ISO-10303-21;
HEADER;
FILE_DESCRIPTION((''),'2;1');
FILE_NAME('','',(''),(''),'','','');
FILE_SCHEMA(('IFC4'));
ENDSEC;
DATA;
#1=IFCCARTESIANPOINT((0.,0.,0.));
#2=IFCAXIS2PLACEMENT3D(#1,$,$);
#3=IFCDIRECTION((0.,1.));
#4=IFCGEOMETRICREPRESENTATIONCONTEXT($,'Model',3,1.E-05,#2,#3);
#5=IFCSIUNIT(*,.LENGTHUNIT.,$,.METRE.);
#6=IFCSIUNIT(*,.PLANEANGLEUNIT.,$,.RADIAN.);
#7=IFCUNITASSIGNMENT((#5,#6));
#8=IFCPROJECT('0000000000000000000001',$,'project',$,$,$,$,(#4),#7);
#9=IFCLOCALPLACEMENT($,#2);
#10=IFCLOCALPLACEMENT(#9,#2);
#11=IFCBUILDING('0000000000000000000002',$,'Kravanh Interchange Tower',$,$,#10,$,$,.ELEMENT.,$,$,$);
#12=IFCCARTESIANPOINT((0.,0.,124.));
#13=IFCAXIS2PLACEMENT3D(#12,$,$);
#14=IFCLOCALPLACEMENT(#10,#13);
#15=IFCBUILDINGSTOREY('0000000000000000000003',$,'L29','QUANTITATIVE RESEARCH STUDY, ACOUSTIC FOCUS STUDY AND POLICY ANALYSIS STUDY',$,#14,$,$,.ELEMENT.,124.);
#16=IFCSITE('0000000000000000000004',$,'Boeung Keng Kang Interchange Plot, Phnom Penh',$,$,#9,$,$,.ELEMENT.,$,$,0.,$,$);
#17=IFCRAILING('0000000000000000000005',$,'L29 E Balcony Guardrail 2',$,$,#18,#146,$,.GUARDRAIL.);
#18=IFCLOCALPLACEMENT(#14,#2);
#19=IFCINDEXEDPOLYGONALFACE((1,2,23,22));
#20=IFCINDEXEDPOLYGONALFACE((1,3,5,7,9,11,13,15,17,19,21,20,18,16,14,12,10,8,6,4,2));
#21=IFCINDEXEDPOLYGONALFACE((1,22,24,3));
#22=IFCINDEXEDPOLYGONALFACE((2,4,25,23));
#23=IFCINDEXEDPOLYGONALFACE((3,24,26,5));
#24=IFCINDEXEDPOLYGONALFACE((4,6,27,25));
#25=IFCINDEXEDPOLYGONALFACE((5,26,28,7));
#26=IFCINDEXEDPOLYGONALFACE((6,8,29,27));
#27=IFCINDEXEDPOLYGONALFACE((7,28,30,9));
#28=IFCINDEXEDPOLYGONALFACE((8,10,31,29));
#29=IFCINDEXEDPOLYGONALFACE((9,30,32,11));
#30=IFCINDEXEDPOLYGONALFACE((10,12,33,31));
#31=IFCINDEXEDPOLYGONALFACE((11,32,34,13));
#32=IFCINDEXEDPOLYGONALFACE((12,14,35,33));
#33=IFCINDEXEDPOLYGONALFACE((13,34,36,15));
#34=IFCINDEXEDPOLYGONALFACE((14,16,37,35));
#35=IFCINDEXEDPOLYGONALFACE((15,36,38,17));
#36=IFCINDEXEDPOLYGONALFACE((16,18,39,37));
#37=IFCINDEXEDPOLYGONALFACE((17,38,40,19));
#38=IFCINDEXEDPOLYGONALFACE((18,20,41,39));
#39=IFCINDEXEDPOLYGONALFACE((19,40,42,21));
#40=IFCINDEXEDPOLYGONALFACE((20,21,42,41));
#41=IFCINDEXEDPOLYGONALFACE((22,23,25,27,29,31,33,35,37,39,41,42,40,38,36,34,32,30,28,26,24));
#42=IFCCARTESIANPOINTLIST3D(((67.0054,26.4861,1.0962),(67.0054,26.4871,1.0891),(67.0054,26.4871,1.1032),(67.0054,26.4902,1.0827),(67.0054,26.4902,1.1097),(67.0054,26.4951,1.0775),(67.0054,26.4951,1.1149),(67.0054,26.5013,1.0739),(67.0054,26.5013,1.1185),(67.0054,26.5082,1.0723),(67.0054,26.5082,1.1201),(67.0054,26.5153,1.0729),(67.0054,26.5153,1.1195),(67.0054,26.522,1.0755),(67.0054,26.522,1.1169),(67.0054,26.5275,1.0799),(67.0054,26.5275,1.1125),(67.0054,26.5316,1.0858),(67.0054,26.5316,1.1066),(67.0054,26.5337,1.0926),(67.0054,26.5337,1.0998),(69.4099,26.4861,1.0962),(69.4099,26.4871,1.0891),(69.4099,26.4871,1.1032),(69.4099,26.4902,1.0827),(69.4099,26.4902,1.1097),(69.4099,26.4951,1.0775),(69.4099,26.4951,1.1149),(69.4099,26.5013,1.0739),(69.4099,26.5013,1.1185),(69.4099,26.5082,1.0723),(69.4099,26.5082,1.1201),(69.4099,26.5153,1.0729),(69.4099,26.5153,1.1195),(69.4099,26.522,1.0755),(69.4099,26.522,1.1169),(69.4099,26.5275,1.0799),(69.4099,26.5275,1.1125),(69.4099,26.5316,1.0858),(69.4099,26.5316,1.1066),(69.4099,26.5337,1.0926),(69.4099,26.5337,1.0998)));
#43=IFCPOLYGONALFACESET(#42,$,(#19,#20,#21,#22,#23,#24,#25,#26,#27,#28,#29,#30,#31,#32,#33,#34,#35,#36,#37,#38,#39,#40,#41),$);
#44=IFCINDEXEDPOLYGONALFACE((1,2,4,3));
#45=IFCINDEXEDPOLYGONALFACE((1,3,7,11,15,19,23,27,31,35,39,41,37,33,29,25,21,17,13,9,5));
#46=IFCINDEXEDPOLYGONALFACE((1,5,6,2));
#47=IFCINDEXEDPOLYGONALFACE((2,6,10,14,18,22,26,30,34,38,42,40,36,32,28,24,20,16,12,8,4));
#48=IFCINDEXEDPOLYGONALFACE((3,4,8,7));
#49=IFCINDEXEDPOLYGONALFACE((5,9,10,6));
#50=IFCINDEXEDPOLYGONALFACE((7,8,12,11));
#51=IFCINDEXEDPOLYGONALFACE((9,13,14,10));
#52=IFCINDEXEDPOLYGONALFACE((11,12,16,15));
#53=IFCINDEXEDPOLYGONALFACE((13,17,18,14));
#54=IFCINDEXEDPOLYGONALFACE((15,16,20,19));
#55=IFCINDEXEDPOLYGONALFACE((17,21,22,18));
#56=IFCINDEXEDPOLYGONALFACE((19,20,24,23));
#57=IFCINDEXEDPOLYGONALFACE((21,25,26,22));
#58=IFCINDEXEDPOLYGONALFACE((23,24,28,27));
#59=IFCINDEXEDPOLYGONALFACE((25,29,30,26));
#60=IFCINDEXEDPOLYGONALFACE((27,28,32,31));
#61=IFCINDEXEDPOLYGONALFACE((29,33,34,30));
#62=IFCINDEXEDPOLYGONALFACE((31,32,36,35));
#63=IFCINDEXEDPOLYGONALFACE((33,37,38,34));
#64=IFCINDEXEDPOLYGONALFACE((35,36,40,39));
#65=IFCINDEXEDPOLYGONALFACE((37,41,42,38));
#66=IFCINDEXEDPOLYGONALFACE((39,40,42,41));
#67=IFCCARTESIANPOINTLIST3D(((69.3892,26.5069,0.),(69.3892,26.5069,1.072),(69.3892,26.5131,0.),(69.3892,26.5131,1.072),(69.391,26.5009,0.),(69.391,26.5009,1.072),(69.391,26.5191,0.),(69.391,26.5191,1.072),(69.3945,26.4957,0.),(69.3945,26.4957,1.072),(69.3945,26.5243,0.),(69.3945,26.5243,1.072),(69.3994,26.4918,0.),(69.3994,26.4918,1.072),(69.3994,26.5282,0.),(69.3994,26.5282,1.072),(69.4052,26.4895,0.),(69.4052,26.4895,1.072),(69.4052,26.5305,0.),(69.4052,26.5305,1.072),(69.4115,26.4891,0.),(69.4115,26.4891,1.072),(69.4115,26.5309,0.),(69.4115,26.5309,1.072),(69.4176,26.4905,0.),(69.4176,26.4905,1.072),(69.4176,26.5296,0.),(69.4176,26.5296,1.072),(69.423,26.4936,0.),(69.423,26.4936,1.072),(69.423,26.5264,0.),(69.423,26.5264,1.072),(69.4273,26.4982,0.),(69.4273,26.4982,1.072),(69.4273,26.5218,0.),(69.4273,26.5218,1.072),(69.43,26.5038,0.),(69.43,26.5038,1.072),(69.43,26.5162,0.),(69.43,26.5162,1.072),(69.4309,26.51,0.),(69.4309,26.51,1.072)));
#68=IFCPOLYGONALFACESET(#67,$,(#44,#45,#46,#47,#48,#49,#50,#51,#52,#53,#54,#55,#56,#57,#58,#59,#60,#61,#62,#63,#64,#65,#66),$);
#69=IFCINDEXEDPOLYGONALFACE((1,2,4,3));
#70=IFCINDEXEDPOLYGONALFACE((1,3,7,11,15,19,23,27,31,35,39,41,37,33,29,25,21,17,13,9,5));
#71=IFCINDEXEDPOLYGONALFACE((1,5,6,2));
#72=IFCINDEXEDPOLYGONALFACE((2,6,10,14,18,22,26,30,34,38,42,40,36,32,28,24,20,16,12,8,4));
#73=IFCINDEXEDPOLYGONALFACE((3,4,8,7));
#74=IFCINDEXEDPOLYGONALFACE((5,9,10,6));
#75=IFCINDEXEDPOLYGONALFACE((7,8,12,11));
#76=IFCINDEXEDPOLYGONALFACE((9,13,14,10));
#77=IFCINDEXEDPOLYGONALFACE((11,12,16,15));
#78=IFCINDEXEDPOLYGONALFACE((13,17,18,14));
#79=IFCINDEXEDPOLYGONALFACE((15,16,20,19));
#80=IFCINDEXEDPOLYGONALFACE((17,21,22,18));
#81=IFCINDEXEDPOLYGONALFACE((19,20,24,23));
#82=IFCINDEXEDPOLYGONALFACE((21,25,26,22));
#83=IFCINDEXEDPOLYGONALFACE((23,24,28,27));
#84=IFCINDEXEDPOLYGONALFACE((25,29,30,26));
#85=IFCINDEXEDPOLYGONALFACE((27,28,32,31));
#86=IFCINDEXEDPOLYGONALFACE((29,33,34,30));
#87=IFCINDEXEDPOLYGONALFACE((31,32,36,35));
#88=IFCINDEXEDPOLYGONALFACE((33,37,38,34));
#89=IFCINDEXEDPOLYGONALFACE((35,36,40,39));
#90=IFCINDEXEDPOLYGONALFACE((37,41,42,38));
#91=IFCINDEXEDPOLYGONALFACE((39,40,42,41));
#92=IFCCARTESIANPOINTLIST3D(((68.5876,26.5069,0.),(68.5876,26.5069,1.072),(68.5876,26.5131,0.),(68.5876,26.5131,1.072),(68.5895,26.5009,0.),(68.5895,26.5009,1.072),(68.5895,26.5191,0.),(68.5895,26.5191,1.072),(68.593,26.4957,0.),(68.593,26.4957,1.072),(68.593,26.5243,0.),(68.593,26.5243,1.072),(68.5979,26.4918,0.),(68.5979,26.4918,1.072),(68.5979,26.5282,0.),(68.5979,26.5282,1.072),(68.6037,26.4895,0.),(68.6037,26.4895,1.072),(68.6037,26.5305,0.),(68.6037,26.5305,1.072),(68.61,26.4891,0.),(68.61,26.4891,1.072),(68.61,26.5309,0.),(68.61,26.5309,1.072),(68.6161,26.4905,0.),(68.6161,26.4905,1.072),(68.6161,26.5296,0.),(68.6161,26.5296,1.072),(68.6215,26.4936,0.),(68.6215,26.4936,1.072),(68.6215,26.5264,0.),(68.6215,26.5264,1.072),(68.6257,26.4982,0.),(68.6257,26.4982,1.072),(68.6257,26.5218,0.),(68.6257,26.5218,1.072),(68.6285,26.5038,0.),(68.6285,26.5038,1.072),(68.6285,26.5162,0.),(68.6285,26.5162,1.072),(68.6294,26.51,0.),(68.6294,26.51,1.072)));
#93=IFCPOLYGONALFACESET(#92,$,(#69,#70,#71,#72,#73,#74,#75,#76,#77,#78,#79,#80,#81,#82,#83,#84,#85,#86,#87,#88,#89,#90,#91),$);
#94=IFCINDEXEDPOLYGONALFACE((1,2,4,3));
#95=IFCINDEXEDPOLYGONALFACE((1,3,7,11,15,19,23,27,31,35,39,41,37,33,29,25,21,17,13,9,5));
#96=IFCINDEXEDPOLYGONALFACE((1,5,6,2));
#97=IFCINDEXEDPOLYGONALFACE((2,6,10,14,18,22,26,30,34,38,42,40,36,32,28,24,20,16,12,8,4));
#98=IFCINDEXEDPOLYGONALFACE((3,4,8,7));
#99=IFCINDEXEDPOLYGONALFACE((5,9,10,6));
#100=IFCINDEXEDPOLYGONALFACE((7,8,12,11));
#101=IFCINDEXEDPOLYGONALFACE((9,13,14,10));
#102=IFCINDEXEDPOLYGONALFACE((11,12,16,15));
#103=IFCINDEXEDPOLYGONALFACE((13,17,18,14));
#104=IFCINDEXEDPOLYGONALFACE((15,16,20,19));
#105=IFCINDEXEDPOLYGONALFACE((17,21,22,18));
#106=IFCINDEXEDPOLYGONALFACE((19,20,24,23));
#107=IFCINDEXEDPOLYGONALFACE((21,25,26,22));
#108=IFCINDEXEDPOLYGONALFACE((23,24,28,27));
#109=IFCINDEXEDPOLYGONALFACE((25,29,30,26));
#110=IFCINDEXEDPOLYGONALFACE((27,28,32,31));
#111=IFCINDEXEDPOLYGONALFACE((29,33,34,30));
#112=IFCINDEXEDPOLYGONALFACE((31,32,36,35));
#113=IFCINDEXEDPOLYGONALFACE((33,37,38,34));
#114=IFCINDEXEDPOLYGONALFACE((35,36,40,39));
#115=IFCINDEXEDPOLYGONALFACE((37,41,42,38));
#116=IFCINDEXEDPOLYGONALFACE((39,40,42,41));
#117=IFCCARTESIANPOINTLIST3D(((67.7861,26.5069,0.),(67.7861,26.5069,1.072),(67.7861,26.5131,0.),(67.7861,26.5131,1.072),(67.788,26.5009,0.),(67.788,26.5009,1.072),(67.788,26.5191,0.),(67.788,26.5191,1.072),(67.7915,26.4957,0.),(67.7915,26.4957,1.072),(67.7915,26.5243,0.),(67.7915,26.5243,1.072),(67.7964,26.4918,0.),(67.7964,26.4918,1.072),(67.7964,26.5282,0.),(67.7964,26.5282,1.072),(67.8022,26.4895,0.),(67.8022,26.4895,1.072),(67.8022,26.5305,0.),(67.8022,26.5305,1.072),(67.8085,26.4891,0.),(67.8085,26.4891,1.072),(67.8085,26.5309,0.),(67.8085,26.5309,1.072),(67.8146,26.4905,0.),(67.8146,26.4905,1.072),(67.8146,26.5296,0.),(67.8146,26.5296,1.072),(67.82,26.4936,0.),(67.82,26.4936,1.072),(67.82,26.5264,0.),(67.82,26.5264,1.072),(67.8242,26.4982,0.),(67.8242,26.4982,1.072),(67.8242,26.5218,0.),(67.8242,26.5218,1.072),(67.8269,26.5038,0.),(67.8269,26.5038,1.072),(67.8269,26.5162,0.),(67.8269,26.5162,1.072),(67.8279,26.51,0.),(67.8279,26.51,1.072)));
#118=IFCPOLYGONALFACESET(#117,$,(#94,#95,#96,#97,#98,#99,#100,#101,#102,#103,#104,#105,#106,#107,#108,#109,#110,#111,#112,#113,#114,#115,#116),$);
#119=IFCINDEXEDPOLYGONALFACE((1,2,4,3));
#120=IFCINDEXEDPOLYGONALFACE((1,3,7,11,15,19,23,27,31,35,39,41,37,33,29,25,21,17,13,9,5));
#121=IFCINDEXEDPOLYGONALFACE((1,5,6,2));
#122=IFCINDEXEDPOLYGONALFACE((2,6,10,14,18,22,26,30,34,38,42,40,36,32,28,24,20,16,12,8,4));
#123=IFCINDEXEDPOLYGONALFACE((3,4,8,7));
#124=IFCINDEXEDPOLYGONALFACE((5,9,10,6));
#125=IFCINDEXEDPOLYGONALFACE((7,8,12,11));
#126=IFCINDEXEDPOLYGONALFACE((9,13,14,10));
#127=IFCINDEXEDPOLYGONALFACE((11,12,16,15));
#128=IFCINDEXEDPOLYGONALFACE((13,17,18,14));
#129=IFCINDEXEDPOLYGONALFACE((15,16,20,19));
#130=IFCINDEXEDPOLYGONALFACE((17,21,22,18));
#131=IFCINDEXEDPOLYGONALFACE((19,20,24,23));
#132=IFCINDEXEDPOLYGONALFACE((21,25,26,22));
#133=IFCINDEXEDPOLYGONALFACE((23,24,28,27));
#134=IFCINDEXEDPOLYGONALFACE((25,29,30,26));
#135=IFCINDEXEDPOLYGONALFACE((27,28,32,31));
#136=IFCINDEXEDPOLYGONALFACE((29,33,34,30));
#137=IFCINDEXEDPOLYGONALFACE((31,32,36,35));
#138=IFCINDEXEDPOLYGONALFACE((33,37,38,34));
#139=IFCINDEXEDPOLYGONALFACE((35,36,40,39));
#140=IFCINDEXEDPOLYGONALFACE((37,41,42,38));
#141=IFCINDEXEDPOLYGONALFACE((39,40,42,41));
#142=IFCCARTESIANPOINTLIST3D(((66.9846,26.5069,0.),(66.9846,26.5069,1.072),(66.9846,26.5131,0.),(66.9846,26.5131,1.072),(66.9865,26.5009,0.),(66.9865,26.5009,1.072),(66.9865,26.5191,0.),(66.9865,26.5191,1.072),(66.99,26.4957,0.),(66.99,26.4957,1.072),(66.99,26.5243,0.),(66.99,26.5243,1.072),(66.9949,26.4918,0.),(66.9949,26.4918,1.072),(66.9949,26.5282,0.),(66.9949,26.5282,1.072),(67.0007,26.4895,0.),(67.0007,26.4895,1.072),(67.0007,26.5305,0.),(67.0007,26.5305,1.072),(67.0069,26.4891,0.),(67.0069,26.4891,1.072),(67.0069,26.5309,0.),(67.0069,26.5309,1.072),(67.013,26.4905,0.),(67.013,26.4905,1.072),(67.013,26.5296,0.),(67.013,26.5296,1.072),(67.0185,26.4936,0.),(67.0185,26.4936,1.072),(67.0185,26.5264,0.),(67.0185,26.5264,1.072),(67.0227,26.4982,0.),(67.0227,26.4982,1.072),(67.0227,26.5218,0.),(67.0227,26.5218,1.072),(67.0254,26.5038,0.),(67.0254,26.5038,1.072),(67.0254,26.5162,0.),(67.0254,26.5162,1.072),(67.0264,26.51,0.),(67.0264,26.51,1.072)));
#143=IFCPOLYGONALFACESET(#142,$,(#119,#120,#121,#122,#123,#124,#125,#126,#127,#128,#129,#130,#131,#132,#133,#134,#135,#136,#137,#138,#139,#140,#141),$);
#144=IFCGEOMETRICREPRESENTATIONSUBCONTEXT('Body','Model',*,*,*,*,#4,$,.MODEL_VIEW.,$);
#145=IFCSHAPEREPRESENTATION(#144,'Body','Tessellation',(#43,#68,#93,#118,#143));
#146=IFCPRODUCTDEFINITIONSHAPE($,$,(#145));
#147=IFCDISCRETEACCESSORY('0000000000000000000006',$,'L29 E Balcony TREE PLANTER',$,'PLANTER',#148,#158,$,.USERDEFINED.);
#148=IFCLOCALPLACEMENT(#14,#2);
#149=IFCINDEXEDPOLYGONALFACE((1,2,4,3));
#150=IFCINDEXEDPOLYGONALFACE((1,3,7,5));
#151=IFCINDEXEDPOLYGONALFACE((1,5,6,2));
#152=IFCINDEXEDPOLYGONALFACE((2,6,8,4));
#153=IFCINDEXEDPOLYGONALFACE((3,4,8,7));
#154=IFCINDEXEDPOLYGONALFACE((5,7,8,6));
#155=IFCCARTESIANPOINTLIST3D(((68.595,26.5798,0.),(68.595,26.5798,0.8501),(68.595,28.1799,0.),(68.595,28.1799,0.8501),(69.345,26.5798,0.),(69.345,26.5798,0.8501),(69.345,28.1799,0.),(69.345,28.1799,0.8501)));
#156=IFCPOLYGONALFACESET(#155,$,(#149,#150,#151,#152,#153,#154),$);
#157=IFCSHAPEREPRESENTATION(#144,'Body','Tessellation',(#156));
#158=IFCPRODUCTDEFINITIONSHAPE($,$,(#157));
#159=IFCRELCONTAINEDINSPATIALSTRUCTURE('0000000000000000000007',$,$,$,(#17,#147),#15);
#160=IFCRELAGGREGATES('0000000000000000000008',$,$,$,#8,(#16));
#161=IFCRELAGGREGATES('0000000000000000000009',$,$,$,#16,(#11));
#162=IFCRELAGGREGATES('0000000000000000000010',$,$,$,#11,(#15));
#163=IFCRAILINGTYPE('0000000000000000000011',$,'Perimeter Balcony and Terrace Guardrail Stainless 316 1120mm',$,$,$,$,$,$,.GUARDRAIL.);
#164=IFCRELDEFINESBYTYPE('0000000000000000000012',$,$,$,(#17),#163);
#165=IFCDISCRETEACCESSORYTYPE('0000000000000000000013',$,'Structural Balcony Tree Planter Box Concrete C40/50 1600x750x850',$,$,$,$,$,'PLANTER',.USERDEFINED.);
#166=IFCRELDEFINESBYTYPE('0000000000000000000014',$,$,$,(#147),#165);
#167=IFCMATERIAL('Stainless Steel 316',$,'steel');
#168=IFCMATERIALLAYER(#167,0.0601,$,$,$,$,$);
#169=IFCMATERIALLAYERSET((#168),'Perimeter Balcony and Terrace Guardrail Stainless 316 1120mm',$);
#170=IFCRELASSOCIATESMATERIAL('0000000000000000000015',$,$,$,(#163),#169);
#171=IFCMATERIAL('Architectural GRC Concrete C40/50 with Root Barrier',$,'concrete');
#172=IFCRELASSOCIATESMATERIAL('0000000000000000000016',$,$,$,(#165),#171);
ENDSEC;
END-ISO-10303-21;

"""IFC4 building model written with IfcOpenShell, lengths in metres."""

from ifc_helpers import new_model, si_unit, direction, frame, origin, origin_2d, place, context, subcontext, project, spatial, rectangle, circle, extrude, material, layer, layer_set, type_object, element, save


model = new_model("IFC4")

# Units and contexts
model_context = context("Model", 3, precision=1e-05, world=origin(), true_north=direction((0.0, 1.0)))
body_context = subcontext(model_context, "Body", "Model", "MODEL_VIEW")
ifc_project = project(units=[si_unit("LENGTHUNIT", "METRE"), si_unit("PLANEANGLEUNIT", "RADIAN")], contexts=[model_context])

# Site, building, storey
site_placement = place(None, origin())
site = spatial("IfcSite", under=ifc_project, at=site_placement, Name="Boeung Keng Kang Interchange Plot, Phnom Penh", CompositionType="ELEMENT", RefElevation=0.0)
building_placement = place(site_placement, origin())
building = spatial("IfcBuilding", under=site, at=building_placement, Name="Kravanh Interchange Tower", CompositionType="ELEMENT")
storey_placement = place(building_placement, frame((0.0, 0.0, 124.0)))
storey = spatial("IfcBuildingStorey", under=building, at=storey_placement, Name="L29", Description="QUANTITATIVE RESEARCH STUDY, ACOUSTIC FOCUS STUDY AND POLICY ANALYSIS STUDY", CompositionType="ELEMENT", Elevation=124.0)

# Railing
ifc_material_1 = material(Name="Stainless Steel 316", Category="steel")
ifc_layer_1 = layer(ifc_material_1, 0.0601)
ifc_layer_set_1 = layer_set([ifc_layer_1], Name="Perimeter Balcony and Terrace Guardrail Stainless 316 1120mm")
railing_type = type_object("IfcRailingType", Name="Perimeter Balcony and Terrace Guardrail Stainless 316 1120mm", PredefinedType="GUARDRAIL", material=ifc_layer_set_1)
railing_placement = place(storey_placement, frame((69.4099, 26.51, 0.0)))
element("IfcRailing", 1, at=railing_placement, inside=storey, type_object=railing_type, Name="L29 E Balcony Guardrail 2", PredefinedType="GUARDRAIL", context=body_context, shape_type="SweptSolid", body=[
    extrude(circle(Radius=0.0239, at=origin_2d()), frame((0.0, 0.0, 1.0962), z_axis=(-1.0, 0.0, 0.0), x_axis=(0.0, -1.0, 0.0)), (0.0, 0.0, 1.0), 2.4045),
    extrude(circle(Radius=0.021, at=origin_2d()), origin(), (0.0, 0.0, 1.0), 1.072),
    extrude(circle(Radius=0.021, at=origin_2d()), frame((-0.8015, 0.0, 0.0)), (0.0, 0.0, 1.0), 1.072),
    extrude(circle(Radius=0.021, at=origin_2d()), frame((-1.603, 0.0, 0.0)), (0.0, 0.0, 1.0), 1.072),
    extrude(circle(Radius=0.021, at=origin_2d()), frame((-2.4045, 0.0, 0.0)), (0.0, 0.0, 1.0), 1.072),
])

# Discrete accessory
ifc_material_2 = material(Name="Architectural GRC Concrete C40/50 with Root Barrier", Category="concrete")
discrete_accessory_type = type_object("IfcDiscreteAccessoryType", Name="Structural Balcony Tree Planter Box Concrete C40/50 1600x750x850", ElementType="PLANTER", PredefinedType="USERDEFINED", material=ifc_material_2)
discrete_accessory_placement = place(storey_placement, frame((68.97, 27.3799, 0.0), z_axis=(0.0, 0.0, 1.0), x_axis=(1.0, 0.0, 0.0)))
element("IfcDiscreteAccessory", 2, at=discrete_accessory_placement, inside=storey, type_object=discrete_accessory_type, Name="L29 E Balcony TREE PLANTER", ObjectType="PLANTER", PredefinedType="USERDEFINED", context=body_context, shape_type="SweptSolid", body=[
    extrude(rectangle(XDim=0.75, YDim=1.6001, at=origin_2d()), origin(), (0.0, 0.0, 1.0), 0.8501),
])

save(model, "model.ifc")
